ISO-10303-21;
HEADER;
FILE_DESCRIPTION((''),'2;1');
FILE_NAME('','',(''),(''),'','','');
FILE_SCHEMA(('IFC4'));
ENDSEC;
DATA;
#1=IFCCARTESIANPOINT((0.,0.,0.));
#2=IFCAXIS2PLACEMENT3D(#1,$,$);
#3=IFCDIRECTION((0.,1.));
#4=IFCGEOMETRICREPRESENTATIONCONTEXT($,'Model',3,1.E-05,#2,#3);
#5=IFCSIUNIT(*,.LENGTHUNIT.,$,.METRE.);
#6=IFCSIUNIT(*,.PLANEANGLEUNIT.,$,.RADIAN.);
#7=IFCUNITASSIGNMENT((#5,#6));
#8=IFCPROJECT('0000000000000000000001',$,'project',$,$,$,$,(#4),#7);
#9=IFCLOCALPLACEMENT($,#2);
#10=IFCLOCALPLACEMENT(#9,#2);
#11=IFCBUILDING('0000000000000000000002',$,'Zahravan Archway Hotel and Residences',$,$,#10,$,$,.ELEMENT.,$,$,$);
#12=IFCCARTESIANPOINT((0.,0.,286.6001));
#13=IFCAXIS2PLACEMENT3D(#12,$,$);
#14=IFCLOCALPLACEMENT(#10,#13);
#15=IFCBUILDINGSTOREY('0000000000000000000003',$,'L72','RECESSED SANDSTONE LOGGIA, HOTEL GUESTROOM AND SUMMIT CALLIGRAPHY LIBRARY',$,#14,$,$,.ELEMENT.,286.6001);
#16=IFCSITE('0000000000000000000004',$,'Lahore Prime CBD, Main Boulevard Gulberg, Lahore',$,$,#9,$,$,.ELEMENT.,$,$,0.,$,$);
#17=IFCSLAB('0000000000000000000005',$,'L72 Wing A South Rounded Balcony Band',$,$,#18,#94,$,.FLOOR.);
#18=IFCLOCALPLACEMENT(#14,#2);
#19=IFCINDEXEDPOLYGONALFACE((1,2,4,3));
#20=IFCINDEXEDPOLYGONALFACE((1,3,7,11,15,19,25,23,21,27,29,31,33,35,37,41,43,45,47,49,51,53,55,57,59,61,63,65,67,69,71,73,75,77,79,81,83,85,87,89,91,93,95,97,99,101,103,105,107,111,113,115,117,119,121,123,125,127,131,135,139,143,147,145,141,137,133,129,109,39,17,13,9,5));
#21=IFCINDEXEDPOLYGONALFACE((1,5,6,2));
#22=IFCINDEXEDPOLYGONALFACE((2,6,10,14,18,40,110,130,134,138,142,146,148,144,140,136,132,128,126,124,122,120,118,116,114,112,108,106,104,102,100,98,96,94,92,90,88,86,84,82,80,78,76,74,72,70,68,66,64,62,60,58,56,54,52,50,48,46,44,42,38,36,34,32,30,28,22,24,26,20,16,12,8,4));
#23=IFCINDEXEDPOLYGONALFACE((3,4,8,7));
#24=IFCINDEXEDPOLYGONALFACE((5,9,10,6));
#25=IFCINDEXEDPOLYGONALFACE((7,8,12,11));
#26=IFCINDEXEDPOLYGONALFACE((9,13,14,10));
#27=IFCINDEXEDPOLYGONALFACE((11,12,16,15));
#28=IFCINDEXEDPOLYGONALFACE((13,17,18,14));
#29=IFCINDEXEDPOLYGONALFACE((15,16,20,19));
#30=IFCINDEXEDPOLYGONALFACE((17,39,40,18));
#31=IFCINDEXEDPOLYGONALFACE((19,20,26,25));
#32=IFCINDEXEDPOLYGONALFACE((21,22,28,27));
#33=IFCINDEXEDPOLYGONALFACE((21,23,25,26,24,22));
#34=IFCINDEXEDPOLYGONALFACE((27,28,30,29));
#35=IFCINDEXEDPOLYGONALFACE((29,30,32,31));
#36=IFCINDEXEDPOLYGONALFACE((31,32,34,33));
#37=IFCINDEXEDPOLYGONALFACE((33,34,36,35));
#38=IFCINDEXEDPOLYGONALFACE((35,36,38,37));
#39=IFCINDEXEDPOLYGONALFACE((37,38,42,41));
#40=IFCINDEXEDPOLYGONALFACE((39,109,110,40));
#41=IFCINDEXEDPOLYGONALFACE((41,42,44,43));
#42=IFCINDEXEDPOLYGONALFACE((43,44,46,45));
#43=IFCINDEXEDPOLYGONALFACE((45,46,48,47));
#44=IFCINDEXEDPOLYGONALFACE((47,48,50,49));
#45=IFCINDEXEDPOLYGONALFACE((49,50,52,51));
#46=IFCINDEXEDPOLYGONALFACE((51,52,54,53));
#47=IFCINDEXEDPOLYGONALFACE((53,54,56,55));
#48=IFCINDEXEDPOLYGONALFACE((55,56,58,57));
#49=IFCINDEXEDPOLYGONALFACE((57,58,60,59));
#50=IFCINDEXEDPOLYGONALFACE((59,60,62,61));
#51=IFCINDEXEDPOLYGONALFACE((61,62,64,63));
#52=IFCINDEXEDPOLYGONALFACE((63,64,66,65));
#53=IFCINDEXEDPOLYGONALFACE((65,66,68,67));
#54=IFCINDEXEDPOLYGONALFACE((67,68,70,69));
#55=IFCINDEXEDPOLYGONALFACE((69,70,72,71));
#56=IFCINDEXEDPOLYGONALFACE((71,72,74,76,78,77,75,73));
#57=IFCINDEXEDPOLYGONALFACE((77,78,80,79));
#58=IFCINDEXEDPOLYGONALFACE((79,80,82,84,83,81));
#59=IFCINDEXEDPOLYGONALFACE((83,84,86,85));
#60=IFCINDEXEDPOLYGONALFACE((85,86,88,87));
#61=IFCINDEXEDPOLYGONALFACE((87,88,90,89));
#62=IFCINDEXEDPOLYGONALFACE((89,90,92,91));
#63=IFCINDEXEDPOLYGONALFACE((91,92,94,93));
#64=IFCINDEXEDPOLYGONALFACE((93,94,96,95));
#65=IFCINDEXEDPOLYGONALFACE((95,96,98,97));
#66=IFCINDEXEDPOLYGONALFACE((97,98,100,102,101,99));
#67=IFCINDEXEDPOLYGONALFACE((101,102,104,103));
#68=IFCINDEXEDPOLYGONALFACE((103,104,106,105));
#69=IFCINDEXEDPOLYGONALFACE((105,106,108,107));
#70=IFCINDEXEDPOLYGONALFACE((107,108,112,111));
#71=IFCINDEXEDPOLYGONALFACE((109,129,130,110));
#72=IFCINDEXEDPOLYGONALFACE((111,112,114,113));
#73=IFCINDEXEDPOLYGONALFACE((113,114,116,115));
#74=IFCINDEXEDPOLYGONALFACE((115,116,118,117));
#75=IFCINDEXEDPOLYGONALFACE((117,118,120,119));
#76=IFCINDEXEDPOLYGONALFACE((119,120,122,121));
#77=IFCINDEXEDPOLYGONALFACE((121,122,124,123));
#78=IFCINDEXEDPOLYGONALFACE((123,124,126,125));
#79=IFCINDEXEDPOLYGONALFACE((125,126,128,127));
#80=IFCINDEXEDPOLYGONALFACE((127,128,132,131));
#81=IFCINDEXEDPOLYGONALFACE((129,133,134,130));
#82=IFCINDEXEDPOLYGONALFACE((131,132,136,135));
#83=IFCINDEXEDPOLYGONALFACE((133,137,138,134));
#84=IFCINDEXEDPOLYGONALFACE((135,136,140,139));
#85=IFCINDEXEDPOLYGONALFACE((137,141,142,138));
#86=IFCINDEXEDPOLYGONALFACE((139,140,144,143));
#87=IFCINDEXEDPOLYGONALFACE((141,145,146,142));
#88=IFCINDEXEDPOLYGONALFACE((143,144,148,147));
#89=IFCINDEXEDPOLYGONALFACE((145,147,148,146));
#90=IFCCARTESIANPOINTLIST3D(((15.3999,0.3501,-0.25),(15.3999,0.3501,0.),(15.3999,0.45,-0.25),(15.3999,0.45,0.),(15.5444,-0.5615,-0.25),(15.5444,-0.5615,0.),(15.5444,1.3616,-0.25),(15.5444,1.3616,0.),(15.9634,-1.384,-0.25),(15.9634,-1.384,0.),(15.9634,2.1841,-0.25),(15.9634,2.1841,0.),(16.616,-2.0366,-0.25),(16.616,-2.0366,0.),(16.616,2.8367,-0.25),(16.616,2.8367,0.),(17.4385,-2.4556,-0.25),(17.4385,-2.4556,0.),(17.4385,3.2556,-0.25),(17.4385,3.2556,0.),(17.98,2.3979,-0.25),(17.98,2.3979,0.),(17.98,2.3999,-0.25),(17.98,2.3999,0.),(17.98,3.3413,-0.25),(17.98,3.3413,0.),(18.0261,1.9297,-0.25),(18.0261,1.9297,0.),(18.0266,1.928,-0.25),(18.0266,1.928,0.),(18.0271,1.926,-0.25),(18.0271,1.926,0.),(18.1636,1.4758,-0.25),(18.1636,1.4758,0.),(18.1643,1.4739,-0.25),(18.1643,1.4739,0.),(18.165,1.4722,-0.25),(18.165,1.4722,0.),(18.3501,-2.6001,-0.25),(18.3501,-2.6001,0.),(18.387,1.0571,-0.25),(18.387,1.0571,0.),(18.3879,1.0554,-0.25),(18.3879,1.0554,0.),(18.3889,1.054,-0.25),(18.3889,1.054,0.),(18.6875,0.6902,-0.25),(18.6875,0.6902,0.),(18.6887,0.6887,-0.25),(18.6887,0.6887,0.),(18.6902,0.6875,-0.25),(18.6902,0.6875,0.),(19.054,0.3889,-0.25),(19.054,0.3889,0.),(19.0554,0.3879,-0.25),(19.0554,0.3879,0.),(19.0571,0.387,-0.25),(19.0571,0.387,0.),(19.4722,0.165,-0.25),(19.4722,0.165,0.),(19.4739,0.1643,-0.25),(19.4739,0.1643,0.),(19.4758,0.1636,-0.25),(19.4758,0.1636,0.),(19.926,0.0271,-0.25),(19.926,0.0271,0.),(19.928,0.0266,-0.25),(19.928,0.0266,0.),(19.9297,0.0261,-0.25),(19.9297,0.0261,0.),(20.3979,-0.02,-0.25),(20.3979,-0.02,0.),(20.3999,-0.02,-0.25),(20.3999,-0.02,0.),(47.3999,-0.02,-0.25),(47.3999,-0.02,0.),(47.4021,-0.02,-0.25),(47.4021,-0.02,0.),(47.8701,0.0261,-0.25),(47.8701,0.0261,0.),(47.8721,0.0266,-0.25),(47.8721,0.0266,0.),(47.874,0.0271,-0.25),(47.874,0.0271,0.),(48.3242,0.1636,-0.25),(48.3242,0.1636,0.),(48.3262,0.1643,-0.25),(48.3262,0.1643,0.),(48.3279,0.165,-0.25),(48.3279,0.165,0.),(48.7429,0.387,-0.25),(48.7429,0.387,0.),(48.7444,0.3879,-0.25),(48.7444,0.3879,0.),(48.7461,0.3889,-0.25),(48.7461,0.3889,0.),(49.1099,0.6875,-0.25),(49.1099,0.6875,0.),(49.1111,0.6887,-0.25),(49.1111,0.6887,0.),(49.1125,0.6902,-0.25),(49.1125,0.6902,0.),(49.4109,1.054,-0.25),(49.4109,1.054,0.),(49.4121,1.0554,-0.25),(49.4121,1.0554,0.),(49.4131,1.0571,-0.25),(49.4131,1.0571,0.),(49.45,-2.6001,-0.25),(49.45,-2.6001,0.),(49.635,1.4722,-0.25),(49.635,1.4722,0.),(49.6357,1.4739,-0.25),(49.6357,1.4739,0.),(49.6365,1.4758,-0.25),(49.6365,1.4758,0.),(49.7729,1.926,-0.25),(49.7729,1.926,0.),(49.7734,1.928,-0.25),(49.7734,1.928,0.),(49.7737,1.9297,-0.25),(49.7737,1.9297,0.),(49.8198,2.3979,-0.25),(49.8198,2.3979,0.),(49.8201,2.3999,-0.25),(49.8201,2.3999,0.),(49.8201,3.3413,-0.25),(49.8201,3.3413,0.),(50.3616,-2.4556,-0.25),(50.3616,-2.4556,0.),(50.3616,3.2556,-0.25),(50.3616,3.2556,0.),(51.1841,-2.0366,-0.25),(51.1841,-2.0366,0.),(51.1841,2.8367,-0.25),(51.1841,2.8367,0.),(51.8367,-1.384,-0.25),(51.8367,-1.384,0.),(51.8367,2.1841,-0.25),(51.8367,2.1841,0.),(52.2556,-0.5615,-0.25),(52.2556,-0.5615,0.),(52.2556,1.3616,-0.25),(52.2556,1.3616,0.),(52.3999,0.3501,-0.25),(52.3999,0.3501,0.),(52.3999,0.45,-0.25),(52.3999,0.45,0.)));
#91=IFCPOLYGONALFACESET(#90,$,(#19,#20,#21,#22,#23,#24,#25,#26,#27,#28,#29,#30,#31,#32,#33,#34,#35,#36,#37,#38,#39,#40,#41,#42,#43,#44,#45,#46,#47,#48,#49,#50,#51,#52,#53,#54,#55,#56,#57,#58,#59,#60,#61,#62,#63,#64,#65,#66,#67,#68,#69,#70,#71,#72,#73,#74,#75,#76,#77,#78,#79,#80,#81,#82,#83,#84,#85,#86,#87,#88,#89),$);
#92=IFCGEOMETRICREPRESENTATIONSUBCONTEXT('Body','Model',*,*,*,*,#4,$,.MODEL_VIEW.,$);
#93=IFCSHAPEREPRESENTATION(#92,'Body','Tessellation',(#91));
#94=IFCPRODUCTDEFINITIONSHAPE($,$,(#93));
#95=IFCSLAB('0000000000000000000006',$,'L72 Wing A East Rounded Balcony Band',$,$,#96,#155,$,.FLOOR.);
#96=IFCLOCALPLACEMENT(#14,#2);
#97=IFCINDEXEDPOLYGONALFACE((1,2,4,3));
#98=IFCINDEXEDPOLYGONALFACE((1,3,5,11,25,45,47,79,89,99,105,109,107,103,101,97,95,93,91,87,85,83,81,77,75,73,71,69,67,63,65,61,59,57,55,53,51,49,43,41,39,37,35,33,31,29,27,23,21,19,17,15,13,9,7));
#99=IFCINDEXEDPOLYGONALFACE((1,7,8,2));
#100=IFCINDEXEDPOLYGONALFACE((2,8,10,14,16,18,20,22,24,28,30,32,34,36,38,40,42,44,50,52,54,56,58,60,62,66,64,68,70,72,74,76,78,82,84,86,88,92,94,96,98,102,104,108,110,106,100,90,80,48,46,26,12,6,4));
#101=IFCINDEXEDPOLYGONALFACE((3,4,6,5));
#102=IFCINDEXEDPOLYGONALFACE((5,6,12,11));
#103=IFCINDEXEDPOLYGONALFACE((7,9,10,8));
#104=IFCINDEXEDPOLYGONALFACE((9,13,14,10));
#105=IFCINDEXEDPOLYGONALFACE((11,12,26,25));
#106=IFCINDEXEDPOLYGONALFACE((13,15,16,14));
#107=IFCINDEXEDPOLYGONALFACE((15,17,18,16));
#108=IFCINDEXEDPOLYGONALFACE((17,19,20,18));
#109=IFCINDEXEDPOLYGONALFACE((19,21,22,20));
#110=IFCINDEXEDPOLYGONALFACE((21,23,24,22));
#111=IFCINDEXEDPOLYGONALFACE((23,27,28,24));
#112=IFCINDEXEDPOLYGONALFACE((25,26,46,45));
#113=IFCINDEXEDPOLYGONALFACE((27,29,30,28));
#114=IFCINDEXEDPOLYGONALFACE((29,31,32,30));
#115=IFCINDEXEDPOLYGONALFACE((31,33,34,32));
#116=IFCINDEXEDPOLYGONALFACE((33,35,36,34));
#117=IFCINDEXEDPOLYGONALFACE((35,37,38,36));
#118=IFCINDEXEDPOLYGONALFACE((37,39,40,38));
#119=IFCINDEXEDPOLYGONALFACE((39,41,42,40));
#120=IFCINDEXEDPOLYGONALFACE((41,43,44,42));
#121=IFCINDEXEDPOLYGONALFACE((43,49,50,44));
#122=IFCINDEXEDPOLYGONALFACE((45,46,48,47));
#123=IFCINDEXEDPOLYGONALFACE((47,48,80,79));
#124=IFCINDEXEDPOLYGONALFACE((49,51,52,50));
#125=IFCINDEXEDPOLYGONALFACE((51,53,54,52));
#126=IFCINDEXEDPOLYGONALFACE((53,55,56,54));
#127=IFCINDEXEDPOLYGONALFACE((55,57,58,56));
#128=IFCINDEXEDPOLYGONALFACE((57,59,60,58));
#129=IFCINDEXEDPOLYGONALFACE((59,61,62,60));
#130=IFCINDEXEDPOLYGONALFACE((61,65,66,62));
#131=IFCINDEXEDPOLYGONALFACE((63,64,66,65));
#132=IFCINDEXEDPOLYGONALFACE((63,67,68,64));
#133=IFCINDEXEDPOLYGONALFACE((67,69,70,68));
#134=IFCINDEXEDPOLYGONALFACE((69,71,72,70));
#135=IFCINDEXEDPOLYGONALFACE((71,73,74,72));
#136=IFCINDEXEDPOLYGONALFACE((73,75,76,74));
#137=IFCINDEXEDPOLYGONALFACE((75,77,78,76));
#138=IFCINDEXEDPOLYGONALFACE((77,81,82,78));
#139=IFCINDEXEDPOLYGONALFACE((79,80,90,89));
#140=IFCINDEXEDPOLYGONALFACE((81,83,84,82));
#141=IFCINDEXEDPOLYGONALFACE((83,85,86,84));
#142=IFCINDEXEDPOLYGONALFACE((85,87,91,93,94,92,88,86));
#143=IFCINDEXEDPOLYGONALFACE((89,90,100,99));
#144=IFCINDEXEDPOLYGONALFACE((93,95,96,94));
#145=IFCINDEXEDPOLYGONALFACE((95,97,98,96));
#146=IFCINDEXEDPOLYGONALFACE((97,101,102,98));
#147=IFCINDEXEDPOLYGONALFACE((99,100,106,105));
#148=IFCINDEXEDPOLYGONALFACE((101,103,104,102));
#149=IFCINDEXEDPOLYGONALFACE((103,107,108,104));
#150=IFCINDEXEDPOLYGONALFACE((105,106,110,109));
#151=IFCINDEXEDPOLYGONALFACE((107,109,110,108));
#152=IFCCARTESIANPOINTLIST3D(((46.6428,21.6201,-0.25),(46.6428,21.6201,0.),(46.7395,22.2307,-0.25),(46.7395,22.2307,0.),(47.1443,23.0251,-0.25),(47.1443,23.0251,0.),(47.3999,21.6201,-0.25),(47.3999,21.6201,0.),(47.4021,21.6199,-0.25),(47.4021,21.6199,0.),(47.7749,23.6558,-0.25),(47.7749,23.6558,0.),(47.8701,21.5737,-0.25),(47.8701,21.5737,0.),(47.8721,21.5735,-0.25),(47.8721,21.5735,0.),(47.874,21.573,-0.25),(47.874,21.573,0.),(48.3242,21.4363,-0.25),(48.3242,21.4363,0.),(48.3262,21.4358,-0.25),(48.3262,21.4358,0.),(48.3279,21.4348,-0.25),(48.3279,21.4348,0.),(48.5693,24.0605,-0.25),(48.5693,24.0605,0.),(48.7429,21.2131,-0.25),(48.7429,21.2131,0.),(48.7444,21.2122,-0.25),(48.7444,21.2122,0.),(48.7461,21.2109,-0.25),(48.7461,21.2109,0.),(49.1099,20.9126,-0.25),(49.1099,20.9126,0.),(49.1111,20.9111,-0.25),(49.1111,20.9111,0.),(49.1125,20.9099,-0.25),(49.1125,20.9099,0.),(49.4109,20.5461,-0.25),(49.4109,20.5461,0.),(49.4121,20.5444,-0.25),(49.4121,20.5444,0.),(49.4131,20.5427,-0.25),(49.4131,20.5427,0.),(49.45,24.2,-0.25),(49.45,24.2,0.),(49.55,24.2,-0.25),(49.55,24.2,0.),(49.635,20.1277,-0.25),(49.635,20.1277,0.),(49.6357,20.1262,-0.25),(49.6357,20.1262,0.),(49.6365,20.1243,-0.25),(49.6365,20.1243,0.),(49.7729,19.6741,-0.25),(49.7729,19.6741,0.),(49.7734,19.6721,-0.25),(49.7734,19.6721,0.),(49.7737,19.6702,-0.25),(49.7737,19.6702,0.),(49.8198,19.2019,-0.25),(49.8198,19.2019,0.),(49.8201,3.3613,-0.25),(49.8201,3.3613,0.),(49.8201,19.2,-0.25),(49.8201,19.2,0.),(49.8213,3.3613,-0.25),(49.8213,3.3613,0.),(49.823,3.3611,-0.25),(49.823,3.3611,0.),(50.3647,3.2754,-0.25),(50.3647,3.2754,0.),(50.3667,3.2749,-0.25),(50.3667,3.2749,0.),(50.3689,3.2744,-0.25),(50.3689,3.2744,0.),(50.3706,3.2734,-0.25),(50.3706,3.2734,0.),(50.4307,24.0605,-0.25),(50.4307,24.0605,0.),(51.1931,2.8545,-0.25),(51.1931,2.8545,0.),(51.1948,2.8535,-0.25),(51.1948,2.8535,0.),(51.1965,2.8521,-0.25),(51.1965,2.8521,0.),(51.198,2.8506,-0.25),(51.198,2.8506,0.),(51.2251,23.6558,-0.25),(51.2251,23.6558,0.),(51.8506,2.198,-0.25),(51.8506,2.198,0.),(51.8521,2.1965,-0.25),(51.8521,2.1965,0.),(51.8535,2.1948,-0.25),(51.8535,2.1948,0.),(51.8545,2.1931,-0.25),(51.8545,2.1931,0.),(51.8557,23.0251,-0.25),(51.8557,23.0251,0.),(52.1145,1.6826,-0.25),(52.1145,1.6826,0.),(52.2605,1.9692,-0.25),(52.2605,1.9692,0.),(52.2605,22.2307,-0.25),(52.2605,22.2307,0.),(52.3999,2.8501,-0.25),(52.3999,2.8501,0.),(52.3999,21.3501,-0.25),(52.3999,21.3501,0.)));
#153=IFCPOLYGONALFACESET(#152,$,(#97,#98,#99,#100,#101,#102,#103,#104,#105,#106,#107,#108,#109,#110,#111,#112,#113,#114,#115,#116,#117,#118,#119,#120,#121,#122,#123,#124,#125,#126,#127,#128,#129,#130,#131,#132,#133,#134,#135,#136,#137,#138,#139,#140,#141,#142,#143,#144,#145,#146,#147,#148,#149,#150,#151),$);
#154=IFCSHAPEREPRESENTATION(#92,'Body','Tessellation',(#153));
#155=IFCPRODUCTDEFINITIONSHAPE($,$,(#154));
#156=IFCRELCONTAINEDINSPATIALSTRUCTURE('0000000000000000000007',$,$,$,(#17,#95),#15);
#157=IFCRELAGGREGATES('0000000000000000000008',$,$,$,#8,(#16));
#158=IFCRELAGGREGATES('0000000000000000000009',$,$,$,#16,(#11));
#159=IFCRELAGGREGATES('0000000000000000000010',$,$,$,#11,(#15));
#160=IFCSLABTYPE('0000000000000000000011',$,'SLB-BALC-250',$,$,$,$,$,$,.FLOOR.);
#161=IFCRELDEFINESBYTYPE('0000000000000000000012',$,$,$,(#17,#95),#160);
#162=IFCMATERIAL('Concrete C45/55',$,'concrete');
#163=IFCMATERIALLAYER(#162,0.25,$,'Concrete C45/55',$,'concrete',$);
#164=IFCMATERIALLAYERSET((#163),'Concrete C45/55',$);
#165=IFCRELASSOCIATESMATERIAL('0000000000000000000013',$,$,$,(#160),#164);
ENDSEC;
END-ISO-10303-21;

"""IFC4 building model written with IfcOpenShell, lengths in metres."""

from ifc_helpers import new_model, si_unit, direction, frame, origin, place, context, subcontext, project, spatial, polyline, outline, extrude, material, layer, layer_set, type_object, element, save


model = new_model("IFC4")

# Units and contexts
model_context = context("Model", 3, precision=1e-05, world=origin(), true_north=direction((0.0, 1.0)))
body_context = subcontext(model_context, "Body", "Model", "MODEL_VIEW")
ifc_project = project(units=[si_unit("LENGTHUNIT", "METRE"), si_unit("PLANEANGLEUNIT", "RADIAN")], contexts=[model_context])

# Site, building, storey
site_placement = place(None, origin())
site = spatial("IfcSite", under=ifc_project, at=site_placement, Name="Lahore Prime CBD, Main Boulevard Gulberg, Lahore", CompositionType="ELEMENT", RefElevation=0.0)
building_placement = place(site_placement, origin())
building = spatial("IfcBuilding", under=site, at=building_placement, Name="Zahravan Archway Hotel and Residences", CompositionType="ELEMENT")
storey_placement = place(building_placement, frame((0.0, 0.0, 286.6001)))
storey = spatial("IfcBuildingStorey", under=building, at=storey_placement, Name="L72", Description="RECESSED SANDSTONE LOGGIA, HOTEL GUESTROOM AND SUMMIT CALLIGRAPHY LIBRARY", CompositionType="ELEMENT", Elevation=286.6001)

# Slabs
ifc_material_1 = material(Name="Concrete C45/55", Category="concrete")
ifc_layer_1 = layer(ifc_material_1, 0.25, Name="Concrete C45/55", Category="concrete")
ifc_layer_set_1 = layer_set([ifc_layer_1], Name="Concrete C45/55")
slab_type_1 = type_object("IfcSlabType", Name="SLB-BALC-250", PredefinedType="FLOOR", material=ifc_layer_set_1)
slab_1_placement = place(storey_placement, frame((0.0, 0.0, -0.25)))
element("IfcSlab", 1, at=slab_1_placement, inside=storey, type_object=slab_type_1, Name="L72 Wing A South Rounded Balcony Band", PredefinedType="FLOOR", context=body_context, shape_type="SweptSolid", body=[
    extrude(outline(polyline([(50.3616, 3.2556), (51.1841, 2.8367), (51.8367, 2.1841), (52.2556, 1.3616), (52.3999, 0.45), (52.3999, 0.3501), (52.2556, -0.5615), (51.8367, -1.384), (51.1841, -2.0366), (50.3616, -2.4556), (49.45, -2.6001), (18.3501, -2.6001), (17.4385, -2.4556), (16.616, -2.0366), (15.9634, -1.384), (15.5444, -0.5615), (15.3999, 0.3501), (15.3999, 0.45), (15.5444, 1.3616), (15.9634, 2.1841), (16.616, 2.8367), (17.4385, 3.2556), (17.98, 3.3413), (17.98, 2.3999), (17.98, 2.3979), (18.0261, 1.9297), (18.0266, 1.928), (18.0271, 1.926), (18.1636, 1.4758), (18.1643, 1.4739), (18.165, 1.4722), (18.387, 1.0571), (18.3879, 1.0554), (18.3889, 1.054), (18.6875, 0.6902), (18.6887, 0.6887), (18.6902, 0.6875), (19.054, 0.3889), (19.0554, 0.3879), (19.0571, 0.387), (19.4722, 0.165), (19.4739, 0.1643), (19.4758, 0.1636), (19.926, 0.0271), (19.928, 0.0266), (19.9297, 0.0261), (20.3979, -0.02), (20.3999, -0.02), (47.3999, -0.02), (47.4021, -0.02), (47.8701, 0.0261), (47.8721, 0.0266), (47.874, 0.0271), (48.3242, 0.1636), (48.3262, 0.1643), (48.3279, 0.165), (48.7429, 0.387), (48.7444, 0.3879), (48.7461, 0.3889), (49.1099, 0.6875), (49.1111, 0.6887), (49.1125, 0.6902), (49.4109, 1.054), (49.4121, 1.0554), (49.4131, 1.0571), (49.635, 1.4722), (49.6357, 1.4739), (49.6365, 1.4758), (49.7729, 1.926), (49.7734, 1.928), (49.7737, 1.9297), (49.8198, 2.3979), (49.8201, 2.3999), (49.8201, 3.3413), (50.3616, 3.2556)])), origin(), (0.0, 0.0, 1.0), 0.25),
])
slab_2_placement = place(storey_placement, frame((0.0, 0.0, -0.25)))
element("IfcSlab", 2, at=slab_2_placement, inside=storey, type_object=slab_type_1, Name="L72 Wing A East Rounded Balcony Band", PredefinedType="FLOOR", context=body_context, shape_type="SweptSolid", body=[
    extrude(outline(polyline([(46.7395, 22.2307), (47.1443, 23.0251), (47.7749, 23.6558), (48.5693, 24.0605), (49.45, 24.2), (49.55, 24.2), (50.4307, 24.0605), (51.2251, 23.6558), (51.8557, 23.0251), (52.2605, 22.2307), (52.3999, 21.3501), (52.3999, 2.8501), (52.2605, 1.9692), (52.1145, 1.6826), (51.8545, 2.1931), (51.8535, 2.1948), (51.8521, 2.1965), (51.8506, 2.198), (51.198, 2.8506), (51.1965, 2.8521), (51.1948, 2.8535), (51.1931, 2.8545), (50.3706, 3.2734), (50.3689, 3.2744), (50.3667, 3.2749), (50.3647, 3.2754), (49.823, 3.3611), (49.8213, 3.3613), (49.8201, 3.3613), (49.8201, 19.2), (49.8198, 19.2019), (49.7737, 19.6702), (49.7734, 19.6721), (49.7729, 19.6741), (49.6365, 20.1243), (49.6357, 20.1262), (49.635, 20.1277), (49.4131, 20.5427), (49.4121, 20.5444), (49.4109, 20.5461), (49.1125, 20.9099), (49.1111, 20.9111), (49.1099, 20.9126), (48.7461, 21.2109), (48.7444, 21.2122), (48.7429, 21.2131), (48.3279, 21.4348), (48.3262, 21.4358), (48.3242, 21.4363), (47.874, 21.573), (47.8721, 21.5735), (47.8701, 21.5737), (47.4021, 21.6199), (47.3999, 21.6201), (46.6428, 21.6201), (46.7395, 22.2307)])), origin(), (0.0, 0.0, 1.0), 0.25),
])

save(model, "model.ifc")
